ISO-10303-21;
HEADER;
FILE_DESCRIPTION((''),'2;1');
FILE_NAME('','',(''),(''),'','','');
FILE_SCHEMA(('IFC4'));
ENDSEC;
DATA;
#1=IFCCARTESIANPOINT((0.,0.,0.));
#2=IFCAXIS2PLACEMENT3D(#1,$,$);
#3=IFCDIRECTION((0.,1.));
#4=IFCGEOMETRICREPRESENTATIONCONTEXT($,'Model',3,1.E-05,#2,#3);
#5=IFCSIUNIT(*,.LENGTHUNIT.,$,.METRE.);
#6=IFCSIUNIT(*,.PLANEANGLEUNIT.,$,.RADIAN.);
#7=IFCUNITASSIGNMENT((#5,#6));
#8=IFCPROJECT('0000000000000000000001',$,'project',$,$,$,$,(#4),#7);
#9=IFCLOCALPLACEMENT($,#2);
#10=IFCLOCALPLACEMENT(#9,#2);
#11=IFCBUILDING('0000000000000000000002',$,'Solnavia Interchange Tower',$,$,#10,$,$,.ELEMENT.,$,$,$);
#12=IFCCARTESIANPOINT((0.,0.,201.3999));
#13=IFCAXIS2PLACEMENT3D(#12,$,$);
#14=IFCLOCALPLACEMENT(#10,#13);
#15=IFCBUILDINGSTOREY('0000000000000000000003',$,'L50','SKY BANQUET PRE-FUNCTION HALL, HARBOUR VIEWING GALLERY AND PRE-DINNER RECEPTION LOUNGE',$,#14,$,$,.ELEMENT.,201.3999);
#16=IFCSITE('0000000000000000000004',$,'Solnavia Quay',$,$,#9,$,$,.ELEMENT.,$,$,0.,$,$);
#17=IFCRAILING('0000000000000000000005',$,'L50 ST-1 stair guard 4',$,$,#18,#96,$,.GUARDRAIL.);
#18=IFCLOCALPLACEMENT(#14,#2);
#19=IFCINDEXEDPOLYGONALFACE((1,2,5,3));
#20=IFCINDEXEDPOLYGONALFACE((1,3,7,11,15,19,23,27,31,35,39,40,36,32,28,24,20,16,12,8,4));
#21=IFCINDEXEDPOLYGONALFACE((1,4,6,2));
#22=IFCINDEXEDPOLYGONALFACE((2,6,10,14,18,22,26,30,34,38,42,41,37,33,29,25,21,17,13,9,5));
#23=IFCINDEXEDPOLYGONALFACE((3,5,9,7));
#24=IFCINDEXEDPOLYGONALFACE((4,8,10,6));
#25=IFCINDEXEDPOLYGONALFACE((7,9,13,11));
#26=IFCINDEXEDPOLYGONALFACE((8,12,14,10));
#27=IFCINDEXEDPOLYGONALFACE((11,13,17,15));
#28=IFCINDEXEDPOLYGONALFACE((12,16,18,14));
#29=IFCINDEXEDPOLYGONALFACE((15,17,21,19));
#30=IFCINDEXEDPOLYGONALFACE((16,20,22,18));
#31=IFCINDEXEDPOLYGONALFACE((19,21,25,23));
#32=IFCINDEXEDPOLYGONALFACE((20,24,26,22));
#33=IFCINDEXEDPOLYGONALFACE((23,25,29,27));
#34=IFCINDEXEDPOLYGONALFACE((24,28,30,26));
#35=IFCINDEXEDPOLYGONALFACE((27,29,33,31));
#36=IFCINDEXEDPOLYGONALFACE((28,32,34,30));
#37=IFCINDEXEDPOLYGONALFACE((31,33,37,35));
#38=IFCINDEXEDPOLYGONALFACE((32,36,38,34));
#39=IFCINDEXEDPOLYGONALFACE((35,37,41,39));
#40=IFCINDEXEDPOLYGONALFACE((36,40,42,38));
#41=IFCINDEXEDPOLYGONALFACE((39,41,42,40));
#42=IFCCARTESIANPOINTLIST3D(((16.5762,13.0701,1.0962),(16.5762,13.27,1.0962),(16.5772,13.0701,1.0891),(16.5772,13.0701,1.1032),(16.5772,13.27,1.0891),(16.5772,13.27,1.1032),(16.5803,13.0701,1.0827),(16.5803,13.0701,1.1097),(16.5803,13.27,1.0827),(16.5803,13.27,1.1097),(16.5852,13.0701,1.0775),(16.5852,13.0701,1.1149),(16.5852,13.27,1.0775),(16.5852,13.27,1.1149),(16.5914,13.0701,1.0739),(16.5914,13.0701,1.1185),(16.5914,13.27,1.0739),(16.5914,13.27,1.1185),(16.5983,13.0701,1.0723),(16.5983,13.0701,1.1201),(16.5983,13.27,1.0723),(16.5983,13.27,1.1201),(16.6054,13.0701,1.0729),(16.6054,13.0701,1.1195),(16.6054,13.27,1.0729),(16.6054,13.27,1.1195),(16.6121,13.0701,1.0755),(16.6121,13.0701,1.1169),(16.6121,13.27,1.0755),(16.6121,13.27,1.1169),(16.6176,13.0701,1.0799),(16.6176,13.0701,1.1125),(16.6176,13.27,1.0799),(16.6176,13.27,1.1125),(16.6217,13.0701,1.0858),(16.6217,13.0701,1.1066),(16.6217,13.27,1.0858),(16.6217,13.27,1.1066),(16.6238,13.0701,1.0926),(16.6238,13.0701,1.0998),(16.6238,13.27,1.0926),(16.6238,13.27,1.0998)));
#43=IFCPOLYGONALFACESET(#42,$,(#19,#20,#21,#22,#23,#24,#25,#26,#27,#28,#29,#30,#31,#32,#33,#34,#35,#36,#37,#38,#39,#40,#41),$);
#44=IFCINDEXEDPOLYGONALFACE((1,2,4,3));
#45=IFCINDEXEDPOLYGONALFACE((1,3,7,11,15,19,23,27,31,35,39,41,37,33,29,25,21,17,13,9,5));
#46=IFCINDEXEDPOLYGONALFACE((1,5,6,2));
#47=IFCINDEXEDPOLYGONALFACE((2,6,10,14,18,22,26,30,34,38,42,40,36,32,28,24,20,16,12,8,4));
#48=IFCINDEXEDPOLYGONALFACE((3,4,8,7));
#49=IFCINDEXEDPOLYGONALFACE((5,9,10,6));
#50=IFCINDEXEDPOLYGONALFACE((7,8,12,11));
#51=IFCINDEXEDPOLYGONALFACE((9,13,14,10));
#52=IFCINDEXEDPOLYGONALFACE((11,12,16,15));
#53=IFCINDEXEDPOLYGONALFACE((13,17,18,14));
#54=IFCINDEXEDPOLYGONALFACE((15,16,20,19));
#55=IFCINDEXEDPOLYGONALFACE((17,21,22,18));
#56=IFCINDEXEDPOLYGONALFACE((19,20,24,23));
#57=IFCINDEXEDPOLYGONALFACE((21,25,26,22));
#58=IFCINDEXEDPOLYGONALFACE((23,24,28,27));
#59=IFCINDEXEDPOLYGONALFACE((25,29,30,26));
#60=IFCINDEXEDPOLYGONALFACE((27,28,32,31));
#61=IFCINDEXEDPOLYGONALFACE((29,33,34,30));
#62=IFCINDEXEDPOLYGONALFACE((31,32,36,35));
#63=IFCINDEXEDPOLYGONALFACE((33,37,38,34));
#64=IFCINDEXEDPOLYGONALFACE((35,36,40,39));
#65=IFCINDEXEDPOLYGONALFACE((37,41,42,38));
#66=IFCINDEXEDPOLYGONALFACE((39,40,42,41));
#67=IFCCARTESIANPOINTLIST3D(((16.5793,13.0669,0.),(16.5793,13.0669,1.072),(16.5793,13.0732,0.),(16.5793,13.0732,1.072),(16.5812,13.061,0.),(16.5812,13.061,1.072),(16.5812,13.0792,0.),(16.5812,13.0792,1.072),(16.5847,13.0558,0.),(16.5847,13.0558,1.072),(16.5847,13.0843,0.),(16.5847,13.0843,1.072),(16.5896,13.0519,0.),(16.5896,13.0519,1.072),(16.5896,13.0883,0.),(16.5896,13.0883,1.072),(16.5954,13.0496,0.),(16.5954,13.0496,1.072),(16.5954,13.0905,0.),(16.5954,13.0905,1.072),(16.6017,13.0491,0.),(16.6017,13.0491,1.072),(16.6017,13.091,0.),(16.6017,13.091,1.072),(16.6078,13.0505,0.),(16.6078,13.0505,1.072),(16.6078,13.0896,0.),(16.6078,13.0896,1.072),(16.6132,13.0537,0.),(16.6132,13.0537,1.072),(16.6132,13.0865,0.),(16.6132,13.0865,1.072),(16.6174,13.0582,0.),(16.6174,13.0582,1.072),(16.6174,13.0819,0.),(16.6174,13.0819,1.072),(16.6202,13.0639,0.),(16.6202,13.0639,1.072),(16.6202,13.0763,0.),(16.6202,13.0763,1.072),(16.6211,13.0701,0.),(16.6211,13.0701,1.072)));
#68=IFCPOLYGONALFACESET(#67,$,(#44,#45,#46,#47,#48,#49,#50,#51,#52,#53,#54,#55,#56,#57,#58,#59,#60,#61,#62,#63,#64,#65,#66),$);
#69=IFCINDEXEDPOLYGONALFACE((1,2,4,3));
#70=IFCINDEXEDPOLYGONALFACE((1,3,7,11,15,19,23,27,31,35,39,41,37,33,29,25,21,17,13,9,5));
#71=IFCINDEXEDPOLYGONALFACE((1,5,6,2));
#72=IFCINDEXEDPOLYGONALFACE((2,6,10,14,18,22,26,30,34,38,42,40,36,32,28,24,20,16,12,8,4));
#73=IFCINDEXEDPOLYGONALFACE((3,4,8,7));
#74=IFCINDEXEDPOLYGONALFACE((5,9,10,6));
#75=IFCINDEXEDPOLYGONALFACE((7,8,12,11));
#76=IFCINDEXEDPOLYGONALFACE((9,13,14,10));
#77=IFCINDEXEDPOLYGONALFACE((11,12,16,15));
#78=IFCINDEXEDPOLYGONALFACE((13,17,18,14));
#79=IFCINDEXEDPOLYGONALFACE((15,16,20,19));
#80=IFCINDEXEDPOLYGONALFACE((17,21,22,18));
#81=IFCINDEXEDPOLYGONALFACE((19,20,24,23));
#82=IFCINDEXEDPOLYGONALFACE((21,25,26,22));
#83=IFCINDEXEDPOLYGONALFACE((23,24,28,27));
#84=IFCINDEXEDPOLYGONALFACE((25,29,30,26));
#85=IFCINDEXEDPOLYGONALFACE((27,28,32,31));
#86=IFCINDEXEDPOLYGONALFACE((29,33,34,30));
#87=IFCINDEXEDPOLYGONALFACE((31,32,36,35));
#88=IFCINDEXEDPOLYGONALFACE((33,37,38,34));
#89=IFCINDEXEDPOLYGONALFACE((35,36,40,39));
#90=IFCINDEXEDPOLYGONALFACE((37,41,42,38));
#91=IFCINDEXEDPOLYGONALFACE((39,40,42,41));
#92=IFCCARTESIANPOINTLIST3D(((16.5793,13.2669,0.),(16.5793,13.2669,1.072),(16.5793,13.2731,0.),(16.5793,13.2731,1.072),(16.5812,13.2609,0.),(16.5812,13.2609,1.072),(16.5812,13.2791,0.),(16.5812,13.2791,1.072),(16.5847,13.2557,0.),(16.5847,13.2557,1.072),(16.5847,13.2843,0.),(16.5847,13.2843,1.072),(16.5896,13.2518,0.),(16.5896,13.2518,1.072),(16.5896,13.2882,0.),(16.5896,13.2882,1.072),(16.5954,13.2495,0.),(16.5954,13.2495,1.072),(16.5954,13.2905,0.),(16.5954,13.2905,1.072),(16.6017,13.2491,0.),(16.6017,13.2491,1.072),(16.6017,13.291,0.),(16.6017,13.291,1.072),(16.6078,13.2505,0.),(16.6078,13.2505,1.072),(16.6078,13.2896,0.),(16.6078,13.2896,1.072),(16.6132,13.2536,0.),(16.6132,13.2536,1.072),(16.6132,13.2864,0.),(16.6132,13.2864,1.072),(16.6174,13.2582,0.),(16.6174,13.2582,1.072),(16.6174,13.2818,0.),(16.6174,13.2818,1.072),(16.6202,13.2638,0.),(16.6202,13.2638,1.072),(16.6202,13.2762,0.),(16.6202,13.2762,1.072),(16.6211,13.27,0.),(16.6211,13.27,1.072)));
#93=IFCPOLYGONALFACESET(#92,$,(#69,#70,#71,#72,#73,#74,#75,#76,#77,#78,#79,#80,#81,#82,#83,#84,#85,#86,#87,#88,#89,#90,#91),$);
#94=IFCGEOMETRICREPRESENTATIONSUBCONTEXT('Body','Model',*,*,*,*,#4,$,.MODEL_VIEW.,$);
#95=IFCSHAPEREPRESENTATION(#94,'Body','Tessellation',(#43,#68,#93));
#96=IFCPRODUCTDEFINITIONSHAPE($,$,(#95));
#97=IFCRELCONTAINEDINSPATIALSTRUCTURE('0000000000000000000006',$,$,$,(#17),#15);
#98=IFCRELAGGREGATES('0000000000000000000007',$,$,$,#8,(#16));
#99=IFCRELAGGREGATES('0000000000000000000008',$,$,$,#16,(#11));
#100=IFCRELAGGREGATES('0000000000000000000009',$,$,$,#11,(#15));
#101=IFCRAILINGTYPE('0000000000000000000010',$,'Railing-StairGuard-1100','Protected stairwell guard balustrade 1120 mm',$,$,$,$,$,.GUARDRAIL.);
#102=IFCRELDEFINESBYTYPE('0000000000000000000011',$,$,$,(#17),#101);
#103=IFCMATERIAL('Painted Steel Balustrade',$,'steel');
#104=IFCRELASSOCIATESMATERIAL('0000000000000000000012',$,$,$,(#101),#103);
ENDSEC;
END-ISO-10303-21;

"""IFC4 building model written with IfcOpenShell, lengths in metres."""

from ifc_helpers import new_model, si_unit, direction, frame, origin, origin_2d, place, context, subcontext, project, spatial, circle, extrude, material, type_object, element, save


model = new_model("IFC4")

# Units and contexts
model_context = context("Model", 3, precision=1e-05, world=origin(), true_north=direction((0.0, 1.0)))
body_context = subcontext(model_context, "Body", "Model", "MODEL_VIEW")
ifc_project = project(units=[si_unit("LENGTHUNIT", "METRE"), si_unit("PLANEANGLEUNIT", "RADIAN")], contexts=[model_context])

# Site, building, storey
site_placement = place(None, origin())
site = spatial("IfcSite", under=ifc_project, at=site_placement, Name="Solnavia Quay", CompositionType="ELEMENT", RefElevation=0.0)
building_placement = place(site_placement, origin())
building = spatial("IfcBuilding", under=site, at=building_placement, Name="Solnavia Interchange Tower", CompositionType="ELEMENT")
storey_placement = place(building_placement, frame((0.0, 0.0, 201.3999)))
storey = spatial("IfcBuildingStorey", under=building, at=storey_placement, Name="L50", Description="SKY BANQUET PRE-FUNCTION HALL, HARBOUR VIEWING GALLERY AND PRE-DINNER RECEPTION LOUNGE", CompositionType="ELEMENT", Elevation=201.3999)

# Railing
ifc_material_1 = material(Name="Painted Steel Balustrade", Category="steel")
railing_type_1 = type_object("IfcRailingType", Name="Railing-StairGuard-1100", Description="Protected stairwell guard balustrade 1120 mm", PredefinedType="GUARDRAIL", material=ifc_material_1)
railing_1_placement = place(storey_placement, frame((16.6001, 13.0701, 0.0)))
element("IfcRailing", 1, at=railing_1_placement, inside=storey, type_object=railing_type_1, Name="L50 ST-1 stair guard 4", PredefinedType="GUARDRAIL", context=body_context, shape_type="SweptSolid", body=[
    extrude(circle(Radius=0.0239, at=origin_2d()), frame((0.0, 0.0, 1.0962), z_axis=(0.0, 1.0, 0.0), x_axis=(-1.0, 0.0, 0.0)), (0.0, 0.0, 1.0), 0.2),
    extrude(circle(Radius=0.021, at=origin_2d()), origin(), (0.0, 0.0, 1.0), 1.072),
    extrude(circle(Radius=0.021, at=origin_2d()), frame((0.0, 0.2, 0.0)), (0.0, 0.0, 1.0), 1.072),
])

save(model, "model.ifc")
